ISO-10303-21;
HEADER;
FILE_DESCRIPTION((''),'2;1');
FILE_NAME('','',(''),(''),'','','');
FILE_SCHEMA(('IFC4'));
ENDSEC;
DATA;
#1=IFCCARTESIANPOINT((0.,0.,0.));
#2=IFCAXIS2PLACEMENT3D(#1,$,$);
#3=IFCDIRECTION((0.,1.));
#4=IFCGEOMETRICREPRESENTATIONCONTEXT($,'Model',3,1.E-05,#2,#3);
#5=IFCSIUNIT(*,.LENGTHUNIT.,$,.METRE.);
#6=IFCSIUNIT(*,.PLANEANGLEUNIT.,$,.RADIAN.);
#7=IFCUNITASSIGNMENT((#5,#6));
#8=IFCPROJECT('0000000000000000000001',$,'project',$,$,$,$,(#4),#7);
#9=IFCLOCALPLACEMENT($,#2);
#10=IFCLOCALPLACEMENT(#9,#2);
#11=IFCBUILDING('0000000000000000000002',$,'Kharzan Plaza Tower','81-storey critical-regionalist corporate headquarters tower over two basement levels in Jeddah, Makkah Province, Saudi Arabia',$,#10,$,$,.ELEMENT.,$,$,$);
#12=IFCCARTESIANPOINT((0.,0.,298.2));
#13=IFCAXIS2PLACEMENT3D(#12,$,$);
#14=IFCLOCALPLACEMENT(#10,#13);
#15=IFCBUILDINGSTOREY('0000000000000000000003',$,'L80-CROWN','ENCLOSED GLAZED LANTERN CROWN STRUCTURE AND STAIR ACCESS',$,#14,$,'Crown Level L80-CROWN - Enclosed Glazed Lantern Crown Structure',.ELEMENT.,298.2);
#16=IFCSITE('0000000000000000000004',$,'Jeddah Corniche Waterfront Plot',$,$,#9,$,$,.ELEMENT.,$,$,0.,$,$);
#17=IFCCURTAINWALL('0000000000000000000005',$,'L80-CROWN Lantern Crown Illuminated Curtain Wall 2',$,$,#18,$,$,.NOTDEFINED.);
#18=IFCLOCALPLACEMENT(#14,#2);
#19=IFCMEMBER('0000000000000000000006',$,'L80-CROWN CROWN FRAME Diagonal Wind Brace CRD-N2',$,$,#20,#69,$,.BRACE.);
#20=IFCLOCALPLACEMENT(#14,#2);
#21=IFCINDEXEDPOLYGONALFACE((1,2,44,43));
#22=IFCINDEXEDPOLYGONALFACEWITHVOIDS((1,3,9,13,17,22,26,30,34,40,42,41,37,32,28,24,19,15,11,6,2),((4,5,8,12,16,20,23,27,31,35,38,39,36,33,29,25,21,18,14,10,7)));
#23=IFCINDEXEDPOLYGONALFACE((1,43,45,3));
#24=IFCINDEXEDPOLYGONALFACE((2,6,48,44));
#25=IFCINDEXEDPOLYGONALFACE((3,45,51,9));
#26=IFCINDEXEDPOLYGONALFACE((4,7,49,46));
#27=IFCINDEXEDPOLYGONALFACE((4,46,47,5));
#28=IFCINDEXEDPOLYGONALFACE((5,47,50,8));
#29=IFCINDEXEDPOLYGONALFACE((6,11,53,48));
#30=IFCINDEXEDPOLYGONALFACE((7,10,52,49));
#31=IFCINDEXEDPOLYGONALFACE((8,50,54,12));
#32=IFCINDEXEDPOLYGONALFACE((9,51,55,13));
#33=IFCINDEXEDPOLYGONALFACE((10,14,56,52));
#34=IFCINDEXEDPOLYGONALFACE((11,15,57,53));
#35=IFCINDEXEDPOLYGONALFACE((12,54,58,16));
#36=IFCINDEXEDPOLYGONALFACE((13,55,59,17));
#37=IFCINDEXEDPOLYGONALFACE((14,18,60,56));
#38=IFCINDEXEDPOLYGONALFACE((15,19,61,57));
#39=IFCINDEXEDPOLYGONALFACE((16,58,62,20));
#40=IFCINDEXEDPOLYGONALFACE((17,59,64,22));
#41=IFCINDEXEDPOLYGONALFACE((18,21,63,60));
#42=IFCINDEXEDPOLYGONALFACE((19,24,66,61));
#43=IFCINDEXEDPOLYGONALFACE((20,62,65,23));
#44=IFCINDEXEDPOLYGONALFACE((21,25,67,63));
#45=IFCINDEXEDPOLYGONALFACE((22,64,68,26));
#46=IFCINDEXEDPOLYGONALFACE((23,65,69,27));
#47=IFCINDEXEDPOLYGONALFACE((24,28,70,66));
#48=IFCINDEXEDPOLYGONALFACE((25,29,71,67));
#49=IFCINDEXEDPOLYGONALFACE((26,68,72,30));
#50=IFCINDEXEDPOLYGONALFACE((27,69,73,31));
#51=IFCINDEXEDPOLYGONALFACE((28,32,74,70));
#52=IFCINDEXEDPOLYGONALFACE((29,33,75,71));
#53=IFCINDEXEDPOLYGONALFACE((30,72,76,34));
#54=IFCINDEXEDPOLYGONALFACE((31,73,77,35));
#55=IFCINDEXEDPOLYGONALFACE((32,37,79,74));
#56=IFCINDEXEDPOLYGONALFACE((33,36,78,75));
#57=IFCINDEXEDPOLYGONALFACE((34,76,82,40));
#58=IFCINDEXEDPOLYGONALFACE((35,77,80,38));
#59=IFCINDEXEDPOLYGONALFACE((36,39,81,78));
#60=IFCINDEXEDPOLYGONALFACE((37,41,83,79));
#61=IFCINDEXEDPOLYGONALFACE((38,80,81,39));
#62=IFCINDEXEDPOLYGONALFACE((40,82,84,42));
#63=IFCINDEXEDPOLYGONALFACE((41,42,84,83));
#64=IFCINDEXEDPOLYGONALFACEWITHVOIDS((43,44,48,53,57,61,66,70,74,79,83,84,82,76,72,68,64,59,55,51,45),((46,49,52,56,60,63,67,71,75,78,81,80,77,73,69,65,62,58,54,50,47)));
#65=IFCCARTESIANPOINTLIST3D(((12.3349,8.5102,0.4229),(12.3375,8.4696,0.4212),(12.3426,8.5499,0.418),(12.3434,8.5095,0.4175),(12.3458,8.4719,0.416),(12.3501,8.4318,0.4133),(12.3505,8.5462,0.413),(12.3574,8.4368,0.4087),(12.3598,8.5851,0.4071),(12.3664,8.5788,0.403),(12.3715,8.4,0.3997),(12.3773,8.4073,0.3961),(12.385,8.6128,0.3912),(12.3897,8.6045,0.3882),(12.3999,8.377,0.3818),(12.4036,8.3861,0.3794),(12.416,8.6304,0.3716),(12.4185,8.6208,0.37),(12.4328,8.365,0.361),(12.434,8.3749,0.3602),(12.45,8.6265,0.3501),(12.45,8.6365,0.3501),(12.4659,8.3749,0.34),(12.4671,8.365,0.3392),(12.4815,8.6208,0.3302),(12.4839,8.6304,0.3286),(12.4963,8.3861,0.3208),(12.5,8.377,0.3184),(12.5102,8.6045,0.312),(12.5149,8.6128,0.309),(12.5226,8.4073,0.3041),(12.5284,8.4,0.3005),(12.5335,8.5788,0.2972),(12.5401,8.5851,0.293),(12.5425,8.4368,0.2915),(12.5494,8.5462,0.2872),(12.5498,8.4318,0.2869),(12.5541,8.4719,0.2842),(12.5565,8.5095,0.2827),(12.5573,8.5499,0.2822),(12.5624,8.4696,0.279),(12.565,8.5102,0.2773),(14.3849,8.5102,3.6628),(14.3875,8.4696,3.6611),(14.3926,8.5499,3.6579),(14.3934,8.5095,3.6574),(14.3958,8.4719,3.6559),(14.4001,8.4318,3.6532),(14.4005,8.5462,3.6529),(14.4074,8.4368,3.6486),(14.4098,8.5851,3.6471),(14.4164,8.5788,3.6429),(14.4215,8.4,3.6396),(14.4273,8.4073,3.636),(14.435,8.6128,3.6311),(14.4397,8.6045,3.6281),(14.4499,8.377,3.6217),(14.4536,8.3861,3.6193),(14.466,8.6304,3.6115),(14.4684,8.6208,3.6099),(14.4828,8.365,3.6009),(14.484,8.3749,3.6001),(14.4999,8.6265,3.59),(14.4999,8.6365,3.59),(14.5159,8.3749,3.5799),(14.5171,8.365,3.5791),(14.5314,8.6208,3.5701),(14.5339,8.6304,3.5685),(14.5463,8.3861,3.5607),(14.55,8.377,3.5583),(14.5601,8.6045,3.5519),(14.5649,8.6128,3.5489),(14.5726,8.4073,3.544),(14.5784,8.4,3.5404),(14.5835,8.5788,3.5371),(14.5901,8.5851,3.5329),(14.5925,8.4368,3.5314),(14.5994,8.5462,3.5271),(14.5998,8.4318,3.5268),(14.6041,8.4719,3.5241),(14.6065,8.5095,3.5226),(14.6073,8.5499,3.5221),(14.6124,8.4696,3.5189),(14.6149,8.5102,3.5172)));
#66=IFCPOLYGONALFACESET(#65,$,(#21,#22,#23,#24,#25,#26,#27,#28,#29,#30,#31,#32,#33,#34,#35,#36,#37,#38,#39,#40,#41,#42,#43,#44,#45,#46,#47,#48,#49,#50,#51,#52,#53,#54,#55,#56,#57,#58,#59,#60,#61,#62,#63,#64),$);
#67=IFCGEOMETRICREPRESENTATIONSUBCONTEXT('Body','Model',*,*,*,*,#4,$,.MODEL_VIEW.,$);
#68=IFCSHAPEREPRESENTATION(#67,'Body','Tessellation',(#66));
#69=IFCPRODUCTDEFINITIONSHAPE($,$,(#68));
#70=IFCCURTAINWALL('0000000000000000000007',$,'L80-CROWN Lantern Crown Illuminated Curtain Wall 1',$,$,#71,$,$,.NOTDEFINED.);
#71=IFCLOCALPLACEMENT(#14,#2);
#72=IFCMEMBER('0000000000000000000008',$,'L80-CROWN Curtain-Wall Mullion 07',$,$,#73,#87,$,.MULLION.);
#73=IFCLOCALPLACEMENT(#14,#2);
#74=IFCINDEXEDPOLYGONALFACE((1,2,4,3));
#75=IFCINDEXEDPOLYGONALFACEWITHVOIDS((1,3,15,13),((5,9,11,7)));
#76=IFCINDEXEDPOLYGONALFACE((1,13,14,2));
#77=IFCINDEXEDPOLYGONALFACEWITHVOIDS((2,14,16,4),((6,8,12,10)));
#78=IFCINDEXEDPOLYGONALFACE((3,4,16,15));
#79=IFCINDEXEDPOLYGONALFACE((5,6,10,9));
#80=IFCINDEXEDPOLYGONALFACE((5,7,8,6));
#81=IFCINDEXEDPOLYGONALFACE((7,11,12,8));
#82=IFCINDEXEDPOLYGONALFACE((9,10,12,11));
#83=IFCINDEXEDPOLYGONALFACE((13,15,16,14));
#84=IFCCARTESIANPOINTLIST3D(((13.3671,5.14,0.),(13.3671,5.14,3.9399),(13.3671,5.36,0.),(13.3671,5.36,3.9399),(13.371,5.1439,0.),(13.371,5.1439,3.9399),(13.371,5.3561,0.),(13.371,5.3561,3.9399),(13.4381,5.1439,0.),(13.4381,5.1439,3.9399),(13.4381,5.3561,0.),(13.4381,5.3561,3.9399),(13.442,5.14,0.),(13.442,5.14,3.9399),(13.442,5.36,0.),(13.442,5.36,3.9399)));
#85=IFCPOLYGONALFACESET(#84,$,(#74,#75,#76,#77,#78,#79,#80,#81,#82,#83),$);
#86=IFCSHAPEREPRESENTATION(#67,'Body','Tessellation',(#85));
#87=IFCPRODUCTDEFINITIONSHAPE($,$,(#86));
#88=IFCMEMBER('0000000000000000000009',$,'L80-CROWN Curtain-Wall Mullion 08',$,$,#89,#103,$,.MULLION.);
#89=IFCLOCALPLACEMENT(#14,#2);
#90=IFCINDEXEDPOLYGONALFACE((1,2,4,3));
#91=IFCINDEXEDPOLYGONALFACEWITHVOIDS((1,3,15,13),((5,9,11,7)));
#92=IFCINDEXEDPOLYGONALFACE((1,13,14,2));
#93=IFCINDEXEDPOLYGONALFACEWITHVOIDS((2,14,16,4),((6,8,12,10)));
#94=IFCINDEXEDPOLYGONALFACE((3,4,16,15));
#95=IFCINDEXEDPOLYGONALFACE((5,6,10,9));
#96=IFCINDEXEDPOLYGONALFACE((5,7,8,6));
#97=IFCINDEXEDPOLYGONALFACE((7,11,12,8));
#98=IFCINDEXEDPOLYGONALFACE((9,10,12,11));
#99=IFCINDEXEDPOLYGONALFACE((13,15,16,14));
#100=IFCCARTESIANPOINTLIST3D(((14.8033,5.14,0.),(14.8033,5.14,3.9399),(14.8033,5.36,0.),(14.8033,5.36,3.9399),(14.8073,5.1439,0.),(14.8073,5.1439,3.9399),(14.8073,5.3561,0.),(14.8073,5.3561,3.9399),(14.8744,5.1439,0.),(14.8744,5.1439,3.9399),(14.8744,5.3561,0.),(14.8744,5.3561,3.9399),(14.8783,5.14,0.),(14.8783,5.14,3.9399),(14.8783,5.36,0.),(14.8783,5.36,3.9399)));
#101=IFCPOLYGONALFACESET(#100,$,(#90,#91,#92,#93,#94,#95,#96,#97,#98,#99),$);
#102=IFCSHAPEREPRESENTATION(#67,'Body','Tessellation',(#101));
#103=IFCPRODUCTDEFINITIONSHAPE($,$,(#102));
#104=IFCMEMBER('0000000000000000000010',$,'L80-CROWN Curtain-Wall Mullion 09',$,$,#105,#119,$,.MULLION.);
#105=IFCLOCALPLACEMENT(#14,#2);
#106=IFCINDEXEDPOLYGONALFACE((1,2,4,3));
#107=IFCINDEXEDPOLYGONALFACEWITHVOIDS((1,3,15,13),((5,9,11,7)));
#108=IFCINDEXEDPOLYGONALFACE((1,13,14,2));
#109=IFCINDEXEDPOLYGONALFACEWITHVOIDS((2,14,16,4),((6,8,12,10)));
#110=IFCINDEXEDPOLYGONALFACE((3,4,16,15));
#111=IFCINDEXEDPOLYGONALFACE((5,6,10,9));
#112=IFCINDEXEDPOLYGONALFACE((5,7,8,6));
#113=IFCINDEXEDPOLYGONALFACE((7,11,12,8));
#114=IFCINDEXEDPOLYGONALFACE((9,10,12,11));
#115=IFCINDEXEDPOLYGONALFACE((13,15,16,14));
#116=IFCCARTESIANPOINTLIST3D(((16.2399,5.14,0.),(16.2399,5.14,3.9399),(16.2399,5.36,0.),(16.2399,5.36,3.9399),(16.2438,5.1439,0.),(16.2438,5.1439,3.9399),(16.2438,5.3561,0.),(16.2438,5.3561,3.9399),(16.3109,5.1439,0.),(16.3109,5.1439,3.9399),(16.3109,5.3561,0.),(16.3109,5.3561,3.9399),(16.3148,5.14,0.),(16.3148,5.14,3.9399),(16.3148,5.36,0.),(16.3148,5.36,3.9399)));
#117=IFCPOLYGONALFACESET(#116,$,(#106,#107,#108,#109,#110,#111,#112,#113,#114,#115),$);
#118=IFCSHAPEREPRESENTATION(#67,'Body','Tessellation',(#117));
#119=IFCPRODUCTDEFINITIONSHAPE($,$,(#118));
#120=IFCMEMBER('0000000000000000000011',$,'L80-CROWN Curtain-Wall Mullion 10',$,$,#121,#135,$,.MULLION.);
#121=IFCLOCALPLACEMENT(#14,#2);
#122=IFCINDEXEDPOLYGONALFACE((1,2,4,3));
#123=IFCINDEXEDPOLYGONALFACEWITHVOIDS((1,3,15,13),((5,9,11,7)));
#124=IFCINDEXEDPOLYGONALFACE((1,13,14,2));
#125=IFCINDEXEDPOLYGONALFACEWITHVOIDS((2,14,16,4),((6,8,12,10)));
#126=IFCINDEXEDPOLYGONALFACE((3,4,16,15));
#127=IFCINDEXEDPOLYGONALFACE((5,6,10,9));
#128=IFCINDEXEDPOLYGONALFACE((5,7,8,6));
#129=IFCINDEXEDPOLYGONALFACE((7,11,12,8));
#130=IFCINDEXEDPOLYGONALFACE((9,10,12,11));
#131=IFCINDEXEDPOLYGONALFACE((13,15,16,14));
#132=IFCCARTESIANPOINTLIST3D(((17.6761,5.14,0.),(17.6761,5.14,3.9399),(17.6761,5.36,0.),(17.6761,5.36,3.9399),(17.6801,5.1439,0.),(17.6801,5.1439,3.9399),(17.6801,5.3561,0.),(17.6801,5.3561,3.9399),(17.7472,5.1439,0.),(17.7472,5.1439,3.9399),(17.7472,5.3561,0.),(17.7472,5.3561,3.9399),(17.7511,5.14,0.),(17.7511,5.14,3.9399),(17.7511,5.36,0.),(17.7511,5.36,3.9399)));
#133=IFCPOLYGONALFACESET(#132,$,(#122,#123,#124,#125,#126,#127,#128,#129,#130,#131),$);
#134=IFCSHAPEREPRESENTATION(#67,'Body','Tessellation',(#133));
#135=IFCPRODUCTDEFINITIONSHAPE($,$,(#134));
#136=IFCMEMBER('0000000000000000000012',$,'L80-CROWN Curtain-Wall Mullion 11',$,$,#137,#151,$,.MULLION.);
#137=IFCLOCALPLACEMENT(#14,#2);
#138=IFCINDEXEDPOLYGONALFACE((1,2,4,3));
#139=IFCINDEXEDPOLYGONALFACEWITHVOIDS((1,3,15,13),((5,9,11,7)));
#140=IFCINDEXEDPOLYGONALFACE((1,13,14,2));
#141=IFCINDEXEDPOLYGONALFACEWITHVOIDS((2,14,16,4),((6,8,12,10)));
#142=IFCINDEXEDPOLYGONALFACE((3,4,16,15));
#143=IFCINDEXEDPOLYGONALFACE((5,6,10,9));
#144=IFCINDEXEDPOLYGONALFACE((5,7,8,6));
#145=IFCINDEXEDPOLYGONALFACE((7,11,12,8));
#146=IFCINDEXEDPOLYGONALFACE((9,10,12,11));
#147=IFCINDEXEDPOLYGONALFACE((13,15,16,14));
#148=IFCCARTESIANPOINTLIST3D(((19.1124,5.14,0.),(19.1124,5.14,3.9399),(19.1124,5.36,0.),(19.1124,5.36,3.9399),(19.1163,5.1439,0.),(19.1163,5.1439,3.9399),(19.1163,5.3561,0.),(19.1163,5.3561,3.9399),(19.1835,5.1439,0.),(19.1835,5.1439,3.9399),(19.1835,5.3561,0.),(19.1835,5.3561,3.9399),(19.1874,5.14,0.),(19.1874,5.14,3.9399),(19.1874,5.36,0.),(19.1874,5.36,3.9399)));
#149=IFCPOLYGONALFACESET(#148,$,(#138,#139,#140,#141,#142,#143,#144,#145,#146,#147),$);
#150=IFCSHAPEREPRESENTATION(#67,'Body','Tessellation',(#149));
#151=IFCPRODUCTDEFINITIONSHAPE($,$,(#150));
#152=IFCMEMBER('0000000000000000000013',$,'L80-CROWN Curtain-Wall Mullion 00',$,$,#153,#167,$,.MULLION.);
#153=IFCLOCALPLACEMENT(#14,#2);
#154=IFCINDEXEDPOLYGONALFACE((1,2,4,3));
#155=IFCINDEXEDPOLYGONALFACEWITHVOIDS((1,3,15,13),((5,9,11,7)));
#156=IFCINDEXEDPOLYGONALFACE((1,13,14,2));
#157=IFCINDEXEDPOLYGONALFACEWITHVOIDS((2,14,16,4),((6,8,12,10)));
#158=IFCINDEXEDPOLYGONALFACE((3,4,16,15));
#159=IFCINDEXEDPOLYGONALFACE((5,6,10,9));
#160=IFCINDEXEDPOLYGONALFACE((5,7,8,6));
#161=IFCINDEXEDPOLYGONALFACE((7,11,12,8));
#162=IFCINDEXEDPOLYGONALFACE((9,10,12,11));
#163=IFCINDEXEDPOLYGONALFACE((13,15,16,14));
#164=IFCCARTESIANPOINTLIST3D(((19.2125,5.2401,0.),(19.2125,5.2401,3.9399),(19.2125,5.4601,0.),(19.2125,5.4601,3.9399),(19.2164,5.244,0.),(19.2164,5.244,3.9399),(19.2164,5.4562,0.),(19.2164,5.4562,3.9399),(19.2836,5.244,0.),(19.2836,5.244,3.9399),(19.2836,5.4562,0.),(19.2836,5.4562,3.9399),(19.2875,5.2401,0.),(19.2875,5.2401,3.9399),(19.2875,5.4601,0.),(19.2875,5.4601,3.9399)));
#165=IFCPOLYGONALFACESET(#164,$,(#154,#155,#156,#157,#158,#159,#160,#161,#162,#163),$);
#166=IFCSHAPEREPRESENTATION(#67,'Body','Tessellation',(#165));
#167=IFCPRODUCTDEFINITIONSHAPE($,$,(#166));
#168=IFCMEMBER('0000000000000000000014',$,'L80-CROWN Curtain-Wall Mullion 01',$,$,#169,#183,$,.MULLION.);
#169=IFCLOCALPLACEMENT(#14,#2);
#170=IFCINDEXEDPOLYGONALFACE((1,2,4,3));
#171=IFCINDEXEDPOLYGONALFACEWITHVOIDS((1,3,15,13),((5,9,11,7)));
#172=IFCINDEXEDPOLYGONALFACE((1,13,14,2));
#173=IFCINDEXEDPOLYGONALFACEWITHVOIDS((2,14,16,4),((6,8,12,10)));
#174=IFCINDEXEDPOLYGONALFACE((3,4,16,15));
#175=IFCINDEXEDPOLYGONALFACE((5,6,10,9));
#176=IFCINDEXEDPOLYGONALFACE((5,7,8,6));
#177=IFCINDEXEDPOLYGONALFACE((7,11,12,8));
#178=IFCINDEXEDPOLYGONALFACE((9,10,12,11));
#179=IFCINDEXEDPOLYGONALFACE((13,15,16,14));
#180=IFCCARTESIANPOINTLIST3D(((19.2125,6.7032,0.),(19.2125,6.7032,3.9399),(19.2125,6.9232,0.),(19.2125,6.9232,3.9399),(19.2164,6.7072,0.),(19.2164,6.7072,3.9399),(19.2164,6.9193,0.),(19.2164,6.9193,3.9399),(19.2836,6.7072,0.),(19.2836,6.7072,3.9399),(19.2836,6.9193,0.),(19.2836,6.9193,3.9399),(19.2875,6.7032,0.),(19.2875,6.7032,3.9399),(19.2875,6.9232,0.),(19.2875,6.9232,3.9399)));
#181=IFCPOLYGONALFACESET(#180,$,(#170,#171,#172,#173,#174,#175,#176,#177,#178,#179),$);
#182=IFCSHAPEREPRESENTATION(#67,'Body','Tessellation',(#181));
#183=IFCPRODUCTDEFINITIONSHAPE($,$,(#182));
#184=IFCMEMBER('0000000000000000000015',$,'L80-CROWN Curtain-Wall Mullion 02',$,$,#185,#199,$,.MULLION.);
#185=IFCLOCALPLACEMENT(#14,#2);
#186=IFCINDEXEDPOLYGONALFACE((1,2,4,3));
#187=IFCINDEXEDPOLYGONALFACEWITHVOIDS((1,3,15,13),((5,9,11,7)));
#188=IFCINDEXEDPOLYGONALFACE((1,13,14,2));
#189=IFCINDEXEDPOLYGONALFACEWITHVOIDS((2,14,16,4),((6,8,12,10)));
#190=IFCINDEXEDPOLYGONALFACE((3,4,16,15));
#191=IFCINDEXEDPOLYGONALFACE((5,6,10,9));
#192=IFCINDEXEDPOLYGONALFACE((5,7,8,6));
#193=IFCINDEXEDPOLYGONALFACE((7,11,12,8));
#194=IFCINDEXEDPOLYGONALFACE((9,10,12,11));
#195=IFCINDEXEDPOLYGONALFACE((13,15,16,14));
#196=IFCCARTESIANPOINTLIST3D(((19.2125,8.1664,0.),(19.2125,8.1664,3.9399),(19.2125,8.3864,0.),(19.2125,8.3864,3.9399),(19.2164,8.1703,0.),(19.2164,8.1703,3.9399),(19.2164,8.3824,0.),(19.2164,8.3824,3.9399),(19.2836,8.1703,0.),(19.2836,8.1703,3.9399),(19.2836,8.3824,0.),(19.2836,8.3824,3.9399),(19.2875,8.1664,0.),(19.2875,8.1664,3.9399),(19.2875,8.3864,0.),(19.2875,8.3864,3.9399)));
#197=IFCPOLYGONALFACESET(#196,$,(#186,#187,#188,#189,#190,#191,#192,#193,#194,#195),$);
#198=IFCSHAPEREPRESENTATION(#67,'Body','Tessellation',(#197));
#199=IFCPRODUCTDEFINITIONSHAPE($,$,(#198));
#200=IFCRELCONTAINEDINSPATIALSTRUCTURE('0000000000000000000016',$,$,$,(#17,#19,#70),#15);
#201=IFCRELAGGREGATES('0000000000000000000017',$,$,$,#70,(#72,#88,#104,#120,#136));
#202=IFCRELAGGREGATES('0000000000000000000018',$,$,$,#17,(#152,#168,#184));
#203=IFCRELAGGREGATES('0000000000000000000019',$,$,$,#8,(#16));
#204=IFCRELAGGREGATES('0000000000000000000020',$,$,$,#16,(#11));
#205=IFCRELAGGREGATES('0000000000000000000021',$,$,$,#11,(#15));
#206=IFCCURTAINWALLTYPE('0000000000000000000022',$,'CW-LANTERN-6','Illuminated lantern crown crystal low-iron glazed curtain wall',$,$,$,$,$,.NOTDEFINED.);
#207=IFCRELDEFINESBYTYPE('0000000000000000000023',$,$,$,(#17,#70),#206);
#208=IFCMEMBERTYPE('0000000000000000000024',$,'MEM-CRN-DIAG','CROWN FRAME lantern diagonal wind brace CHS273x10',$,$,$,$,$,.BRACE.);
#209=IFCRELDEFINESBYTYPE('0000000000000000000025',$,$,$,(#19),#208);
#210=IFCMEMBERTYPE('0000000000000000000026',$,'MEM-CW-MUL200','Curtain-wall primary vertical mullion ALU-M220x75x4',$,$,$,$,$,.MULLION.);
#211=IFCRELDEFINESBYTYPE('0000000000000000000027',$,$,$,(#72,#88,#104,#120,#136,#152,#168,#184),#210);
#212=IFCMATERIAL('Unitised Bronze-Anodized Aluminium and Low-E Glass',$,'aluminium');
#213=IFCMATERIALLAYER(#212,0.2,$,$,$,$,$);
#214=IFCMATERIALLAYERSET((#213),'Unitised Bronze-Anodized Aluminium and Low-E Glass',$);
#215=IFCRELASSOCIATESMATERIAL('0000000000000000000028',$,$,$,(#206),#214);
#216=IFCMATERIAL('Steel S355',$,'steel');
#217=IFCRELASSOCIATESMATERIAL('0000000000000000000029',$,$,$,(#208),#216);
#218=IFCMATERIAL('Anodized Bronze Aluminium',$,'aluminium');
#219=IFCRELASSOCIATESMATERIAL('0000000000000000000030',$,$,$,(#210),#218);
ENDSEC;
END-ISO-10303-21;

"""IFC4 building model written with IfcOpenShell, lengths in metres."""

from ifc_helpers import new_model, si_unit, direction, frame, origin, origin_2d, place, context, subcontext, project, spatial, hollow_rectangle, hollow_circle, extrude, source, transform, mapped, material, layer, layer_set, material_profile, profile_set, type_object, element, aggregate, save


model = new_model("IFC4")

# Units and contexts
model_context = context("Model", 3, precision=1e-05, world=origin(), true_north=direction((0.0, 1.0)))
body_context = subcontext(model_context, "Body", "Model", "MODEL_VIEW")
ifc_project = project(units=[si_unit("LENGTHUNIT", "METRE"), si_unit("PLANEANGLEUNIT", "RADIAN")], contexts=[model_context])

# Site, building, storey
site_placement = place(None, origin())
site = spatial("IfcSite", under=ifc_project, at=site_placement, Name="Jeddah Corniche Waterfront Plot", CompositionType="ELEMENT", RefElevation=0.0)
building_placement = place(site_placement, origin())
building = spatial("IfcBuilding", under=site, at=building_placement, Name="Kharzan Plaza Tower", Description="81-storey critical-regionalist corporate headquarters tower over two basement levels in Jeddah, Makkah Province, Saudi Arabia", CompositionType="ELEMENT")
storey_placement = place(building_placement, frame((0.0, 0.0, 298.2)))
storey = spatial("IfcBuildingStorey", under=building, at=storey_placement, Name="L80-CROWN", Description="ENCLOSED GLAZED LANTERN CROWN STRUCTURE AND STAIR ACCESS", LongName="Crown Level L80-CROWN - Enclosed Glazed Lantern Crown Structure", CompositionType="ELEMENT", Elevation=298.2)

# Shared definitions
ifc_material_1 = material(Name="Steel S355", Category="steel")

# Curtain wall
ifc_material_2 = material(Name="Unitised Bronze-Anodized Aluminium and Low-E Glass", Category="aluminium")
ifc_layer_1 = layer(ifc_material_2, 0.2)
ifc_layer_set_1 = layer_set([ifc_layer_1], Name="Unitised Bronze-Anodized Aluminium and Low-E Glass")
curtain_wall_type = type_object("IfcCurtainWallType", Name="CW-LANTERN-6", Description="Illuminated lantern crown crystal low-iron glazed curtain wall", PredefinedType="NOTDEFINED", material=ifc_layer_set_1)
curtain_wall_1_placement = place(storey_placement, origin())
curtain_wall_1 = element("IfcCurtainWall", 1, at=curtain_wall_1_placement, inside=storey, type_object=curtain_wall_type, Name="L80-CROWN Lantern Crown Illuminated Curtain Wall 2", PredefinedType="NOTDEFINED")
ifc_material_3 = material(Name="Anodized Bronze Aluminium", Category="aluminium")

# Member
ifc_material_profile_1 = material_profile(ifc_material_1, hollow_circle(Radius=0.1365, WallThickness=0.01, at=origin_2d()), Name="CHS273x10")
ifc_profile_set_1 = profile_set([ifc_material_profile_1], Name="Steel S355")
member_type_1 = type_object("IfcMemberType", Name="MEM-CRN-DIAG", Description="CROWN FRAME lantern diagonal wind brace CHS273x10", PredefinedType="BRACE", material=ifc_profile_set_1)
shared_shape_1 = source(origin(), body_context, "Body", "SweptSolid", [
    extrude(hollow_circle(Radius=0.1365, WallThickness=0.01, at=origin_2d()), origin(), (0.0, 0.0, 1.0), 3.834),
])
member_1_placement = place(storey_placement, frame((12.45, 8.5, 0.3501), z_axis=(0.53469, 0.0, 0.845048), x_axis=(0.0, 1.0, 0.0)))
element("IfcMember", 2, at=member_1_placement, inside=storey, type_object=member_type_1, Name="L80-CROWN CROWN FRAME Diagonal Wind Brace CRD-N2", PredefinedType="BRACE", context=body_context, shape_type="MappedRepresentation", body=[
    mapped(shared_shape_1, transform((0.0, 0.0, 0.0), x_axis=(1.0, 0.0, 0.0), y_axis=(0.0, 1.0, 0.0), z_axis=(0.0, 0.0, 1.0))),
])

# Curtain wall, members
curtain_wall_2_placement = place(storey_placement, origin())
curtain_wall_2 = element("IfcCurtainWall", 3, at=curtain_wall_2_placement, inside=storey, type_object=curtain_wall_type, Name="L80-CROWN Lantern Crown Illuminated Curtain Wall 1", PredefinedType="NOTDEFINED")
ifc_material_profile_2 = material_profile(ifc_material_3, hollow_rectangle(XDim=0.075, YDim=0.22, WallThickness=0.0039, at=origin_2d()), Name="ALU-M220x75x4")
ifc_profile_set_2 = profile_set([ifc_material_profile_2], Name="Anodized Bronze Aluminium")
member_type_2 = type_object("IfcMemberType", Name="MEM-CW-MUL200", Description="Curtain-wall primary vertical mullion ALU-M220x75x4", PredefinedType="MULLION", material=ifc_profile_set_2)
shared_shape_2 = source(origin(), body_context, "Body", "SweptSolid", [
    extrude(hollow_rectangle(XDim=0.075, YDim=0.22, WallThickness=0.0039, at=origin_2d()), origin(), (0.0, 0.0, 1.0), 3.9399),
])
member_2_placement = place(storey_placement, frame((13.4045, 5.25, 0.0), z_axis=(0.0, 0.0, 1.0), x_axis=(1.0, 0.0, 0.0)))
member_2 = element("IfcMember", 4, at=member_2_placement, type_object=member_type_2, Name="L80-CROWN Curtain-Wall Mullion 07", PredefinedType="MULLION", context=body_context, shape_type="MappedRepresentation", body=[
    mapped(shared_shape_2, transform((0.0, 0.0, 0.0), x_axis=(1.0, 0.0, 0.0), y_axis=(0.0, 1.0, 0.0), z_axis=(0.0, 0.0, 1.0))),
])
member_3_placement = place(storey_placement, frame((14.8408, 5.25, 0.0), z_axis=(0.0, 0.0, 1.0), x_axis=(1.0, 0.0, 0.0)))
member_3 = element("IfcMember", 5, at=member_3_placement, type_object=member_type_2, Name="L80-CROWN Curtain-Wall Mullion 08", PredefinedType="MULLION", context=body_context, shape_type="MappedRepresentation", body=[
    mapped(shared_shape_2, transform((0.0, 0.0, 0.0), x_axis=(1.0, 0.0, 0.0), y_axis=(0.0, 1.0, 0.0), z_axis=(0.0, 0.0, 1.0))),
])
member_4_placement = place(storey_placement, frame((16.2773, 5.25, 0.0), z_axis=(0.0, 0.0, 1.0), x_axis=(1.0, 0.0, 0.0)))
member_4 = element("IfcMember", 6, at=member_4_placement, type_object=member_type_2, Name="L80-CROWN Curtain-Wall Mullion 09", PredefinedType="MULLION", context=body_context, shape_type="MappedRepresentation", body=[
    mapped(shared_shape_2, transform((0.0, 0.0, 0.0), x_axis=(1.0, 0.0, 0.0), y_axis=(0.0, 1.0, 0.0), z_axis=(0.0, 0.0, 1.0))),
])
member_5_placement = place(storey_placement, frame((17.7136, 5.25, 0.0), z_axis=(0.0, 0.0, 1.0), x_axis=(1.0, 0.0, 0.0)))
member_5 = element("IfcMember", 7, at=member_5_placement, type_object=member_type_2, Name="L80-CROWN Curtain-Wall Mullion 10", PredefinedType="MULLION", context=body_context, shape_type="MappedRepresentation", body=[
    mapped(shared_shape_2, transform((0.0, 0.0, 0.0), x_axis=(1.0, 0.0, 0.0), y_axis=(0.0, 1.0, 0.0), z_axis=(0.0, 0.0, 1.0))),
])
member_6_placement = place(storey_placement, frame((19.1499, 5.25, 0.0), z_axis=(0.0, 0.0, 1.0), x_axis=(1.0, 0.0, 0.0)))
member_6 = element("IfcMember", 8, at=member_6_placement, type_object=member_type_2, Name="L80-CROWN Curtain-Wall Mullion 11", PredefinedType="MULLION", context=body_context, shape_type="MappedRepresentation", body=[
    mapped(shared_shape_2, transform((0.0, 0.0, 0.0), x_axis=(1.0, 0.0, 0.0), y_axis=(0.0, 1.0, 0.0), z_axis=(0.0, 0.0, 1.0))),
])

# Members
member_7_placement = place(storey_placement, frame((19.25, 5.3501, 0.0), z_axis=(0.0, 0.0, 1.0), x_axis=(1.0, 0.0, 0.0)))
member_7 = element("IfcMember", 9, at=member_7_placement, type_object=member_type_2, Name="L80-CROWN Curtain-Wall Mullion 00", PredefinedType="MULLION", context=body_context, shape_type="MappedRepresentation", body=[
    mapped(shared_shape_2, transform((0.0, 0.0, 0.0), x_axis=(1.0, 0.0, 0.0), y_axis=(0.0, 1.0, 0.0), z_axis=(0.0, 0.0, 1.0))),
])
member_8_placement = place(storey_placement, frame((19.25, 6.8132, 0.0), z_axis=(0.0, 0.0, 1.0), x_axis=(1.0, 0.0, 0.0)))
member_8 = element("IfcMember", 10, at=member_8_placement, type_object=member_type_2, Name="L80-CROWN Curtain-Wall Mullion 01", PredefinedType="MULLION", context=body_context, shape_type="MappedRepresentation", body=[
    mapped(shared_shape_2, transform((0.0, 0.0, 0.0), x_axis=(1.0, 0.0, 0.0), y_axis=(0.0, 1.0, 0.0), z_axis=(0.0, 0.0, 1.0))),
])
member_9_placement = place(storey_placement, frame((19.25, 8.2764, 0.0), z_axis=(0.0, 0.0, 1.0), x_axis=(1.0, 0.0, 0.0)))
member_9 = element("IfcMember", 11, at=member_9_placement, type_object=member_type_2, Name="L80-CROWN Curtain-Wall Mullion 02", PredefinedType="MULLION", context=body_context, shape_type="MappedRepresentation", body=[
    mapped(shared_shape_2, transform((0.0, 0.0, 0.0), x_axis=(1.0, 0.0, 0.0), y_axis=(0.0, 1.0, 0.0), z_axis=(0.0, 0.0, 1.0))),
])

aggregate(curtain_wall_2, [member_2, member_3, member_4, member_5, member_6])
aggregate(curtain_wall_1, [member_7, member_8, member_9])

save(model, "model.ifc")
